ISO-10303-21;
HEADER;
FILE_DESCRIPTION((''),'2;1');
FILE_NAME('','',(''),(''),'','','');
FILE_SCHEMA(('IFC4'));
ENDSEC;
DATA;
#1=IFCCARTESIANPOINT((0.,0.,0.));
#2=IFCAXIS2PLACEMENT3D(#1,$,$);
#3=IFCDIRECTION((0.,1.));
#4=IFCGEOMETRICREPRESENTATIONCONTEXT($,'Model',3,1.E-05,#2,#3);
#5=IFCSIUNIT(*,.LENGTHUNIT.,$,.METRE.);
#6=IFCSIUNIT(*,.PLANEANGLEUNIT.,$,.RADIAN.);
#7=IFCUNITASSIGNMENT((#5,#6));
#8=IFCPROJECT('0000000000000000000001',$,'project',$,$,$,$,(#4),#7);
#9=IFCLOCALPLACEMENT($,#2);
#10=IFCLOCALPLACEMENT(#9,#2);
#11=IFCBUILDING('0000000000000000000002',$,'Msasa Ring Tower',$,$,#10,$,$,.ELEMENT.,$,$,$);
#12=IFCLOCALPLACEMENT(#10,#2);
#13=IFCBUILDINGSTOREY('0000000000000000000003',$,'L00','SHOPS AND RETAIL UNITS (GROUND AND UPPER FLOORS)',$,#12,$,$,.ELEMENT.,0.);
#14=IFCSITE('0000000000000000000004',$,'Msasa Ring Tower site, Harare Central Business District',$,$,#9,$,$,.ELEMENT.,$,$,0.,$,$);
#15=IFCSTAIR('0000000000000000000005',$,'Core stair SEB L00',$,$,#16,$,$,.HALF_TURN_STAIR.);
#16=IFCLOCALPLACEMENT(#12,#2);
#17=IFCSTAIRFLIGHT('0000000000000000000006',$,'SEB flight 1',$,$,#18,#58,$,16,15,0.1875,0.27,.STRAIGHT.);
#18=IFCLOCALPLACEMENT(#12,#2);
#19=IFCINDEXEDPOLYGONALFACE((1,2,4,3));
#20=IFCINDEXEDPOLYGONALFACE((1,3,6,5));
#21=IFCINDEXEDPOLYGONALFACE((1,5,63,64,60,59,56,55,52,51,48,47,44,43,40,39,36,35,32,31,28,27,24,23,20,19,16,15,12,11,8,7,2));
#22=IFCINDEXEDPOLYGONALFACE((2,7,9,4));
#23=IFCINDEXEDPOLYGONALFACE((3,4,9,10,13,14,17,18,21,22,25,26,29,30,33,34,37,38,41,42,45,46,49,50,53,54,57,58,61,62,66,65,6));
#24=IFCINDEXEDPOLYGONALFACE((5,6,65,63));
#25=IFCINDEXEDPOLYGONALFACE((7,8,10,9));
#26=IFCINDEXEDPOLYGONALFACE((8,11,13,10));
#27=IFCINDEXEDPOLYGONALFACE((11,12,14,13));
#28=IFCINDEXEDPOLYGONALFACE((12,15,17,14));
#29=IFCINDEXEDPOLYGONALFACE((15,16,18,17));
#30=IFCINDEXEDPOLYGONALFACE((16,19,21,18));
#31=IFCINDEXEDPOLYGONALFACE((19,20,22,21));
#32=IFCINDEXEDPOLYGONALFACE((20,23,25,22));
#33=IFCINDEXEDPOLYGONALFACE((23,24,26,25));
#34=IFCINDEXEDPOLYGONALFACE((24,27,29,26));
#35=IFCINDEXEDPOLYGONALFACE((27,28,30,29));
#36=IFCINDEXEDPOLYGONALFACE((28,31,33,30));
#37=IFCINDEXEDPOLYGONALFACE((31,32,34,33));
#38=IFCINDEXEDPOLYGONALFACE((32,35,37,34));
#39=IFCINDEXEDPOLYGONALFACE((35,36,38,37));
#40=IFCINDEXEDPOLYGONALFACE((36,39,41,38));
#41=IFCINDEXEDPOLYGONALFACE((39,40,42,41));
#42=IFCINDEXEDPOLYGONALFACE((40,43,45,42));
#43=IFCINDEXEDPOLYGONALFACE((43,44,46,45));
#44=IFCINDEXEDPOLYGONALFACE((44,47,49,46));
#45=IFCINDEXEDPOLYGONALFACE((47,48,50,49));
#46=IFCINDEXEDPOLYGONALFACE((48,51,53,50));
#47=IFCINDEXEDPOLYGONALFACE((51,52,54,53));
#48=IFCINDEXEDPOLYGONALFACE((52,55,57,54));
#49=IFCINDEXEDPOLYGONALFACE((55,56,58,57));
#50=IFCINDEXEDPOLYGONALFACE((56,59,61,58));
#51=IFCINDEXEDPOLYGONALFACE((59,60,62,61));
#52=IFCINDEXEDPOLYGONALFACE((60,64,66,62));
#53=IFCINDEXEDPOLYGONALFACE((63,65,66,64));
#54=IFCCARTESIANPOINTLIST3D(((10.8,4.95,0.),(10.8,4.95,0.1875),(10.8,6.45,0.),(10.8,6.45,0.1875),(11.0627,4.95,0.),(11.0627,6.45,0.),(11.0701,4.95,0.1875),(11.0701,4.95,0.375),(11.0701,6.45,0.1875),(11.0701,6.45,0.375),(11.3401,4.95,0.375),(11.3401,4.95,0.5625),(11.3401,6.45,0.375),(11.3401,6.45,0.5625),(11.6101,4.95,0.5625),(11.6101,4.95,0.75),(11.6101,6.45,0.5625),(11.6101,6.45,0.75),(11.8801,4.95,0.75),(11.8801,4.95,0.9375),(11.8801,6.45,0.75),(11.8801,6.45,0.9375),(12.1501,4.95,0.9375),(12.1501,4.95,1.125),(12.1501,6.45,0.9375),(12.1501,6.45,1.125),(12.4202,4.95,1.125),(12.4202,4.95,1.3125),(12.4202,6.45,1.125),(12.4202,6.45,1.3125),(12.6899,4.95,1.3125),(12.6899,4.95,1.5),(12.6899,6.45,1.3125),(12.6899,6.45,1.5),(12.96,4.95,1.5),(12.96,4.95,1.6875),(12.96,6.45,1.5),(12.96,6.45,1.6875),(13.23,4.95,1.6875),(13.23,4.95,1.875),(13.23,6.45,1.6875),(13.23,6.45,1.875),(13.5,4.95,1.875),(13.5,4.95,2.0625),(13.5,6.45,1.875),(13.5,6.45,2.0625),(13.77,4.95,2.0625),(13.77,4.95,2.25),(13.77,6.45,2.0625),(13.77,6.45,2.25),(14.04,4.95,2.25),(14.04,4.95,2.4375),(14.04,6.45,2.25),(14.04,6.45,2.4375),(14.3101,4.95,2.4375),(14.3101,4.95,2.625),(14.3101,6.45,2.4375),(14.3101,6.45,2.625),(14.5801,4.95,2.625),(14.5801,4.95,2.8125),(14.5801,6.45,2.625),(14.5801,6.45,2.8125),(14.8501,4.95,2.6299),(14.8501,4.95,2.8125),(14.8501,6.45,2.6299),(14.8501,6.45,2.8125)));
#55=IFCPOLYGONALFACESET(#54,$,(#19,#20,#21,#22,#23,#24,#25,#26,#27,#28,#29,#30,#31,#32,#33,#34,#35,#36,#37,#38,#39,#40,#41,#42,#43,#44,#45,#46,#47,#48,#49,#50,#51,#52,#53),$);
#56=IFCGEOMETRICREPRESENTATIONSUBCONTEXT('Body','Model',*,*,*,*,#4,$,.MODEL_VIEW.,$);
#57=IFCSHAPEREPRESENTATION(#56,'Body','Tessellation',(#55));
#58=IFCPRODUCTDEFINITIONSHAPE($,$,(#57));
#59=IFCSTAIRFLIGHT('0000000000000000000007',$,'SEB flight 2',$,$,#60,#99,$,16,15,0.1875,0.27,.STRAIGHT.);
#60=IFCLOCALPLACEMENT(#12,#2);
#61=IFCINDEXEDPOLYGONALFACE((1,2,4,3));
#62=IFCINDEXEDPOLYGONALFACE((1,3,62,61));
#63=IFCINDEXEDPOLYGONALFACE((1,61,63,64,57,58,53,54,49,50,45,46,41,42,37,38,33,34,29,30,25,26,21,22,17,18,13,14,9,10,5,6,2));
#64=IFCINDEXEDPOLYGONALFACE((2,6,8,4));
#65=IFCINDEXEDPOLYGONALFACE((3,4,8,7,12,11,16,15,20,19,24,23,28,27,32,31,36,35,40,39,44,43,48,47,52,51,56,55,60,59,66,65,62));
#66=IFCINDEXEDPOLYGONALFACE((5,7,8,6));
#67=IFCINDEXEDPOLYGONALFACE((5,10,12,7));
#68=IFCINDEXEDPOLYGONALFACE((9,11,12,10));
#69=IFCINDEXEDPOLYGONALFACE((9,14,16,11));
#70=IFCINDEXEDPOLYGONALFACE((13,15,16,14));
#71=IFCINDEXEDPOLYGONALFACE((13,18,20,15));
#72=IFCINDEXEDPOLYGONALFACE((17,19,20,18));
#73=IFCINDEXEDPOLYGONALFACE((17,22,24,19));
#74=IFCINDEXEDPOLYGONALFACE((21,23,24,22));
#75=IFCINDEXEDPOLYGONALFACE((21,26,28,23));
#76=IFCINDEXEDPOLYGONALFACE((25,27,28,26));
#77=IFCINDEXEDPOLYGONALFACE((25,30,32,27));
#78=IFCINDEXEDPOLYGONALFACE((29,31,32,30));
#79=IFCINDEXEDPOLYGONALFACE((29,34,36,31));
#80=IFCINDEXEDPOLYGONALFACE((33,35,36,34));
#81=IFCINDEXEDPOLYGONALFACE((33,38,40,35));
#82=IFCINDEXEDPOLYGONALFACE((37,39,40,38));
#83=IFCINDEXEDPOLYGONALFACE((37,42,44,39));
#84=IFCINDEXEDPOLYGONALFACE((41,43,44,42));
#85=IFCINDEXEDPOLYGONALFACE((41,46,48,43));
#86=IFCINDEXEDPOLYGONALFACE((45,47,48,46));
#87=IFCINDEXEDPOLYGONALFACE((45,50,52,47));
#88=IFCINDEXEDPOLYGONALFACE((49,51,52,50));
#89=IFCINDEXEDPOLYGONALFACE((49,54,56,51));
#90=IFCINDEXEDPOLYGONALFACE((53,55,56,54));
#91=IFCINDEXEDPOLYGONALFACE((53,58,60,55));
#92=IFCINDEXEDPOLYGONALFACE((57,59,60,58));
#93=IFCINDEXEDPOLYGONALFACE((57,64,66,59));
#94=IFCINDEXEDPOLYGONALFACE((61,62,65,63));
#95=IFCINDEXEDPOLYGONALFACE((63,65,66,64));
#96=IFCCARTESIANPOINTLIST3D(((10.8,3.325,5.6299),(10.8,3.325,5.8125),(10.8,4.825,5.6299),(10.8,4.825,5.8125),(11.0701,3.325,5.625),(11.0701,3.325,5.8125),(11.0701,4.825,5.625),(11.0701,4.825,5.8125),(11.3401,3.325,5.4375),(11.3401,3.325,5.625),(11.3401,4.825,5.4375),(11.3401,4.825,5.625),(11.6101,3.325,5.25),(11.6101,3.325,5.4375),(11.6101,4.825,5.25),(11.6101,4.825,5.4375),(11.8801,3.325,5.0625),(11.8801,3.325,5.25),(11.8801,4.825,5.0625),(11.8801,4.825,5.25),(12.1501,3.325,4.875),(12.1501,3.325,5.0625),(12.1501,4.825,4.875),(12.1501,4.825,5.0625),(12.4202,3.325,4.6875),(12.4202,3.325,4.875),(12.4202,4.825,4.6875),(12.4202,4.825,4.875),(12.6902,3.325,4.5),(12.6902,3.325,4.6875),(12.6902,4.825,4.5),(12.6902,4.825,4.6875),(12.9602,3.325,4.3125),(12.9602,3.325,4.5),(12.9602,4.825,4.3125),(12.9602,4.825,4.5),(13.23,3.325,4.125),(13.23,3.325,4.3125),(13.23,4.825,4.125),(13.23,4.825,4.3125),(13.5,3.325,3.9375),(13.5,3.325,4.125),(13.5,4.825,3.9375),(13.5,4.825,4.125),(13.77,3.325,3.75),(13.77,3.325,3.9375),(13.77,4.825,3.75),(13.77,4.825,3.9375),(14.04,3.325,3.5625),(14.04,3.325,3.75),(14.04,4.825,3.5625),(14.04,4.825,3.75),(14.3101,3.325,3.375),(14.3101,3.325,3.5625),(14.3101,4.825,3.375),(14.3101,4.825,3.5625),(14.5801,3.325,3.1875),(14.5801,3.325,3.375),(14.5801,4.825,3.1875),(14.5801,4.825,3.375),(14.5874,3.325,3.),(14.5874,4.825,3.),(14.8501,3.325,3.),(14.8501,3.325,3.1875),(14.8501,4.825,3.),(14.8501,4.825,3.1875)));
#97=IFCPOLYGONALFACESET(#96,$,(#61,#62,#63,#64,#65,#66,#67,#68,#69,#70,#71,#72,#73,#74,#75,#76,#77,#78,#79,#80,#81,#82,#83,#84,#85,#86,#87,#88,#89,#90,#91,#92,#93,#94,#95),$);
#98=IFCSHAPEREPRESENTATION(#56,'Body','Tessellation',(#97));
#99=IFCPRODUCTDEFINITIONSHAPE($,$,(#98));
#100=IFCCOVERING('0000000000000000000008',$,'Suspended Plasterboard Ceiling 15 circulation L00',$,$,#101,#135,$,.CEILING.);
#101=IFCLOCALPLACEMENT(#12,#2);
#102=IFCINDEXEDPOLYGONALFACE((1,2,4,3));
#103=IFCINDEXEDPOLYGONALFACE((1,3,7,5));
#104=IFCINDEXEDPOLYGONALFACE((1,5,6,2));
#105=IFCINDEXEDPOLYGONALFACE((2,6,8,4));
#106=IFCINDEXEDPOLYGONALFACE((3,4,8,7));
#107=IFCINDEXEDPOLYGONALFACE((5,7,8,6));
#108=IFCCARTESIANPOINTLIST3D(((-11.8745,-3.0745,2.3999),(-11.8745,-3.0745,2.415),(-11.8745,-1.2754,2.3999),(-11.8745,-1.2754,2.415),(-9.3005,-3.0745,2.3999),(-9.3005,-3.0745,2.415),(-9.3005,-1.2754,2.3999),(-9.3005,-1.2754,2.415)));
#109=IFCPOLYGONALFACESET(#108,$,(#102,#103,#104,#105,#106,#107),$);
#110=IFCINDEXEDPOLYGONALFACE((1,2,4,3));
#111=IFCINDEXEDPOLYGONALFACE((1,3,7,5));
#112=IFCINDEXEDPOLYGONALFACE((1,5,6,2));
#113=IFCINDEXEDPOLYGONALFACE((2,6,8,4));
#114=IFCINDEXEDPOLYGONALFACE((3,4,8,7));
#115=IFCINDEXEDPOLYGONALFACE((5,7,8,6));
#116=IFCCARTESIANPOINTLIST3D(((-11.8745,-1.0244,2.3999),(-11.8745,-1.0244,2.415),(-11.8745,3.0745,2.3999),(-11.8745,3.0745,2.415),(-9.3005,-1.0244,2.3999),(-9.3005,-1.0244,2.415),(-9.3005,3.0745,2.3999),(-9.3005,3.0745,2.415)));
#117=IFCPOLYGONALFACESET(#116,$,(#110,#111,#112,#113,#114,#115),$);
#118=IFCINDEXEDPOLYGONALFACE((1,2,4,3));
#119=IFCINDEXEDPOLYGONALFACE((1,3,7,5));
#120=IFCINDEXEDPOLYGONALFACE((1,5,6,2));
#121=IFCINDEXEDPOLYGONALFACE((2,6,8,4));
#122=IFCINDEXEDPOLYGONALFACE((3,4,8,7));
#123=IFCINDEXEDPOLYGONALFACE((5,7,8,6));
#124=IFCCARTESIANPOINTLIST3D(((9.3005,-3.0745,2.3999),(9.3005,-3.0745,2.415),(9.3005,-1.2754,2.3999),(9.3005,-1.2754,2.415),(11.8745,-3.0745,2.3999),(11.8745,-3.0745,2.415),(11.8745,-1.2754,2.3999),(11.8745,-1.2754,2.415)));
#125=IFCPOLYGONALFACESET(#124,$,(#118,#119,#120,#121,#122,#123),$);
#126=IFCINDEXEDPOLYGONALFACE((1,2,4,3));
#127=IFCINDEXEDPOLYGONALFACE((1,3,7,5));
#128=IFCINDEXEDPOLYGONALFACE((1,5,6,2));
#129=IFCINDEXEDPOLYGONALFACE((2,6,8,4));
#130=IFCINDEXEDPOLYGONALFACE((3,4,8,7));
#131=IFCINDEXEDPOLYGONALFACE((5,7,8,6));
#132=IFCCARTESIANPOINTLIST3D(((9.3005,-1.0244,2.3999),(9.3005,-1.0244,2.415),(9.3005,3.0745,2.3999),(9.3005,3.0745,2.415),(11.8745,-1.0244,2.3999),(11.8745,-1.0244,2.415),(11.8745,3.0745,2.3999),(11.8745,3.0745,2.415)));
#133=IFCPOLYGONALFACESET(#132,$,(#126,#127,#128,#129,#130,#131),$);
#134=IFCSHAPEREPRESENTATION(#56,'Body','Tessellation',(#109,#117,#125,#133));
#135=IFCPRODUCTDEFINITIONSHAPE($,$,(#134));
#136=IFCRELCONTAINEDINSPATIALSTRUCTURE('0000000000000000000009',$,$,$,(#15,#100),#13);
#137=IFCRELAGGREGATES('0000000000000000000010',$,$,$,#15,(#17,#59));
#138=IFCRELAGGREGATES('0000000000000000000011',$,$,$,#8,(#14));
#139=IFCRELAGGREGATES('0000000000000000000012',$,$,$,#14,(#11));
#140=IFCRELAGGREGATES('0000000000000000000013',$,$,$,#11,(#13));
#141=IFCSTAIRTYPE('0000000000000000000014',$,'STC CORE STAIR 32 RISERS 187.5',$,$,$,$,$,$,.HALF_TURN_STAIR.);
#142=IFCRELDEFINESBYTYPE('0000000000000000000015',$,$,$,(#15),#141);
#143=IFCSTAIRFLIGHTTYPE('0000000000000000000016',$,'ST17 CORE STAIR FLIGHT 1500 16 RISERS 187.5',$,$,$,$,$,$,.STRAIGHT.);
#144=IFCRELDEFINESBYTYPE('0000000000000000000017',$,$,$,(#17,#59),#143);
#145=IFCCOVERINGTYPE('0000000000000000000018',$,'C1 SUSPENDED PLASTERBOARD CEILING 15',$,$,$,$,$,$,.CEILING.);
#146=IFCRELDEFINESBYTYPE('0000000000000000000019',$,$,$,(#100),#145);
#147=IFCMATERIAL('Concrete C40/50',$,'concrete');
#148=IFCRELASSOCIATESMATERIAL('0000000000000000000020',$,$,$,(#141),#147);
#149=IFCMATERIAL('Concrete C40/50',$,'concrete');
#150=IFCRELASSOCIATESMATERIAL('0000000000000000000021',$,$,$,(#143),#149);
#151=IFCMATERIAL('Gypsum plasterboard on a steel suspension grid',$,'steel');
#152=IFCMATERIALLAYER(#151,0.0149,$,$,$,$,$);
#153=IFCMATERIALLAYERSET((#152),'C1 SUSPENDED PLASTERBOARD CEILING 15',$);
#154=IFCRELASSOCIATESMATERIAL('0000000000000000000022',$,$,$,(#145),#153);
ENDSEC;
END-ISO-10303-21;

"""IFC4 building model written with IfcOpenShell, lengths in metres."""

from ifc_helpers import new_model, si_unit, direction, frame, origin, place, context, subcontext, project, spatial, polyline, line, indexed_curve, outline, extrude, material, layer, layer_set, type_object, element, aggregate, save


model = new_model("IFC4")

# Units and contexts
model_context = context("Model", 3, precision=1e-05, world=origin(), true_north=direction((0.0, 1.0)))
body_context = subcontext(model_context, "Body", "Model", "MODEL_VIEW")
ifc_project = project(units=[si_unit("LENGTHUNIT", "METRE"), si_unit("PLANEANGLEUNIT", "RADIAN")], contexts=[model_context])

# Site, building, storey
site_placement = place(None, origin())
site = spatial("IfcSite", under=ifc_project, at=site_placement, Name="Msasa Ring Tower site, Harare Central Business District", CompositionType="ELEMENT", RefElevation=0.0)
building_placement = place(site_placement, origin())
building = spatial("IfcBuilding", under=site, at=building_placement, Name="Msasa Ring Tower", CompositionType="ELEMENT")
storey_placement = place(building_placement, origin())
storey = spatial("IfcBuildingStorey", under=building, at=storey_placement, Name="L00", Description="SHOPS AND RETAIL UNITS (GROUND AND UPPER FLOORS)", CompositionType="ELEMENT", Elevation=0.0)

# Stair, stair flights
ifc_material_1 = material(Name="Concrete C40/50", Category="concrete")
stair_type = type_object("IfcStairType", Name="STC CORE STAIR 32 RISERS 187.5", PredefinedType="HALF_TURN_STAIR", material=ifc_material_1)
stair_placement = place(storey_placement, origin())
stair = element("IfcStair", 1, at=stair_placement, inside=storey, type_object=stair_type, Name="Core stair SEB L00", PredefinedType="HALF_TURN_STAIR")
ifc_material_2 = material(Name="Concrete C40/50", Category="concrete")
stair_flight_type = type_object("IfcStairFlightType", Name="ST17 CORE STAIR FLIGHT 1500 16 RISERS 187.5", PredefinedType="STRAIGHT", material=ifc_material_2)
stair_flight_1_placement = place(storey_placement, frame((10.8, 5.7, 0.0), z_axis=(0.0, 0.0, 1.0), x_axis=(1.0, 0.0, 0.0)))
stair_flight_1 = element("IfcStairFlight", 2, at=stair_flight_1_placement, type_object=stair_flight_type, Name="SEB flight 1", NumberOfRisers=16, NumberOfTreads=15, PredefinedType="STRAIGHT", RiserHeight=0.1875, TreadLength=0.27, context=body_context, shape_type="SweptSolid", body=[
    extrude(outline(polyline([(0.0, 0.0), (0.0, 0.1875), (0.27, 0.1875), (0.27, 0.375), (0.54, 0.375), (0.54, 0.5625), (0.8101, 0.5625), (0.8101, 0.75), (1.0801, 0.75), (1.0801, 0.9375), (1.3501, 0.9375), (1.3501, 1.125), (1.6201, 1.125), (1.6201, 1.3125), (1.8899, 1.3125), (1.8899, 1.5), (2.1599, 1.5), (2.1599, 1.6875), (2.4299, 1.6875), (2.4299, 1.875), (2.7, 1.875), (2.7, 2.0625), (2.97, 2.0625), (2.97, 2.25), (3.24, 2.25), (3.24, 2.4375), (3.51, 2.4375), (3.51, 2.625), (3.78, 2.625), (3.78, 2.8125), (4.05, 2.8125), (4.05, 3.0), (4.05, 2.6299), (0.2627, 0.0), (0.0, 0.0)])), frame((0.0, 0.75, 0.0), z_axis=(0.0, -1.0, 0.0), x_axis=(1.0, 0.0, 0.0)), (0.0, 0.0, 1.0), 1.5),
])
stair_flight_2_placement = place(storey_placement, frame((14.8501, 4.075, 3.0), z_axis=(0.0, 0.0, 1.0), x_axis=(-1.0, 0.0, 0.0)))
stair_flight_2 = element("IfcStairFlight", 3, at=stair_flight_2_placement, type_object=stair_flight_type, Name="SEB flight 2", NumberOfRisers=16, NumberOfTreads=15, PredefinedType="STRAIGHT", RiserHeight=0.1875, TreadLength=0.27, context=body_context, shape_type="SweptSolid", body=[
    extrude(outline(polyline([(0.0, 0.0), (0.0, 0.1875), (0.27, 0.1875), (0.27, 0.375), (0.54, 0.375), (0.54, 0.5625), (0.8101, 0.5625), (0.8101, 0.75), (1.0801, 0.75), (1.0801, 0.9375), (1.3501, 0.9375), (1.3501, 1.125), (1.6201, 1.125), (1.6201, 1.3125), (1.8899, 1.3125), (1.8899, 1.5), (2.1599, 1.5), (2.1599, 1.6875), (2.4299, 1.6875), (2.4299, 1.875), (2.7, 1.875), (2.7, 2.0625), (2.97, 2.0625), (2.97, 2.25), (3.24, 2.25), (3.24, 2.4375), (3.51, 2.4375), (3.51, 2.625), (3.78, 2.625), (3.78, 2.8125), (4.05, 2.8125), (4.05, 3.0), (4.05, 2.6299), (0.2627, 0.0), (0.0, 0.0)])), frame((0.0, 0.75, 0.0), z_axis=(0.0, -1.0, 0.0), x_axis=(1.0, 0.0, 0.0)), (0.0, 0.0, 1.0), 1.5),
])
aggregate(stair, [stair_flight_1, stair_flight_2])

# Covering
ifc_material_3 = material(Name="Gypsum plasterboard on a steel suspension grid", Category="steel")
ifc_layer_1 = layer(ifc_material_3, 0.0149)
ifc_layer_set_1 = layer_set([ifc_layer_1], Name="C1 SUSPENDED PLASTERBOARD CEILING 15")
covering_type_1 = type_object("IfcCoveringType", Name="C1 SUSPENDED PLASTERBOARD CEILING 15", PredefinedType="CEILING", material=ifc_layer_set_1)
covering_1_placement = place(storey_placement, frame((0.0, 0.0, 2.3999)))
element("IfcCovering", 4, at=covering_1_placement, inside=storey, type_object=covering_type_1, Name="Suspended Plasterboard Ceiling 15 circulation L00", PredefinedType="CEILING", context=body_context, shape_type="SweptSolid", body=[
    extrude(outline(indexed_curve([(-9.3005, -3.0745), (-11.8745, -3.0745), (-11.8745, -1.2754), (-9.3005, -1.2754)], segments=[line(1, 2, 3, 4, 1)], self_intersect=False)), origin(), (0.0, 0.0, 1.0), 0.0151),
    extrude(outline(indexed_curve([(-9.3005, -1.0244), (-11.8745, -1.0244), (-11.8745, 3.0745), (-9.3005, 3.0745)], segments=[line(1, 2, 3, 4, 1)], self_intersect=False)), origin(), (0.0, 0.0, 1.0), 0.0151),
    extrude(outline(indexed_curve([(11.8745, -3.0745), (9.3005, -3.0745), (9.3005, -1.2754), (11.8745, -1.2754)], segments=[line(1, 2, 3, 4, 1)], self_intersect=False)), origin(), (0.0, 0.0, 1.0), 0.0151),
    extrude(outline(indexed_curve([(11.8745, -1.0244), (9.3005, -1.0244), (9.3005, 3.0745), (11.8745, 3.0745)], segments=[line(1, 2, 3, 4, 1)], self_intersect=False)), origin(), (0.0, 0.0, 1.0), 0.0151),
])

save(model, "model.ifc")
